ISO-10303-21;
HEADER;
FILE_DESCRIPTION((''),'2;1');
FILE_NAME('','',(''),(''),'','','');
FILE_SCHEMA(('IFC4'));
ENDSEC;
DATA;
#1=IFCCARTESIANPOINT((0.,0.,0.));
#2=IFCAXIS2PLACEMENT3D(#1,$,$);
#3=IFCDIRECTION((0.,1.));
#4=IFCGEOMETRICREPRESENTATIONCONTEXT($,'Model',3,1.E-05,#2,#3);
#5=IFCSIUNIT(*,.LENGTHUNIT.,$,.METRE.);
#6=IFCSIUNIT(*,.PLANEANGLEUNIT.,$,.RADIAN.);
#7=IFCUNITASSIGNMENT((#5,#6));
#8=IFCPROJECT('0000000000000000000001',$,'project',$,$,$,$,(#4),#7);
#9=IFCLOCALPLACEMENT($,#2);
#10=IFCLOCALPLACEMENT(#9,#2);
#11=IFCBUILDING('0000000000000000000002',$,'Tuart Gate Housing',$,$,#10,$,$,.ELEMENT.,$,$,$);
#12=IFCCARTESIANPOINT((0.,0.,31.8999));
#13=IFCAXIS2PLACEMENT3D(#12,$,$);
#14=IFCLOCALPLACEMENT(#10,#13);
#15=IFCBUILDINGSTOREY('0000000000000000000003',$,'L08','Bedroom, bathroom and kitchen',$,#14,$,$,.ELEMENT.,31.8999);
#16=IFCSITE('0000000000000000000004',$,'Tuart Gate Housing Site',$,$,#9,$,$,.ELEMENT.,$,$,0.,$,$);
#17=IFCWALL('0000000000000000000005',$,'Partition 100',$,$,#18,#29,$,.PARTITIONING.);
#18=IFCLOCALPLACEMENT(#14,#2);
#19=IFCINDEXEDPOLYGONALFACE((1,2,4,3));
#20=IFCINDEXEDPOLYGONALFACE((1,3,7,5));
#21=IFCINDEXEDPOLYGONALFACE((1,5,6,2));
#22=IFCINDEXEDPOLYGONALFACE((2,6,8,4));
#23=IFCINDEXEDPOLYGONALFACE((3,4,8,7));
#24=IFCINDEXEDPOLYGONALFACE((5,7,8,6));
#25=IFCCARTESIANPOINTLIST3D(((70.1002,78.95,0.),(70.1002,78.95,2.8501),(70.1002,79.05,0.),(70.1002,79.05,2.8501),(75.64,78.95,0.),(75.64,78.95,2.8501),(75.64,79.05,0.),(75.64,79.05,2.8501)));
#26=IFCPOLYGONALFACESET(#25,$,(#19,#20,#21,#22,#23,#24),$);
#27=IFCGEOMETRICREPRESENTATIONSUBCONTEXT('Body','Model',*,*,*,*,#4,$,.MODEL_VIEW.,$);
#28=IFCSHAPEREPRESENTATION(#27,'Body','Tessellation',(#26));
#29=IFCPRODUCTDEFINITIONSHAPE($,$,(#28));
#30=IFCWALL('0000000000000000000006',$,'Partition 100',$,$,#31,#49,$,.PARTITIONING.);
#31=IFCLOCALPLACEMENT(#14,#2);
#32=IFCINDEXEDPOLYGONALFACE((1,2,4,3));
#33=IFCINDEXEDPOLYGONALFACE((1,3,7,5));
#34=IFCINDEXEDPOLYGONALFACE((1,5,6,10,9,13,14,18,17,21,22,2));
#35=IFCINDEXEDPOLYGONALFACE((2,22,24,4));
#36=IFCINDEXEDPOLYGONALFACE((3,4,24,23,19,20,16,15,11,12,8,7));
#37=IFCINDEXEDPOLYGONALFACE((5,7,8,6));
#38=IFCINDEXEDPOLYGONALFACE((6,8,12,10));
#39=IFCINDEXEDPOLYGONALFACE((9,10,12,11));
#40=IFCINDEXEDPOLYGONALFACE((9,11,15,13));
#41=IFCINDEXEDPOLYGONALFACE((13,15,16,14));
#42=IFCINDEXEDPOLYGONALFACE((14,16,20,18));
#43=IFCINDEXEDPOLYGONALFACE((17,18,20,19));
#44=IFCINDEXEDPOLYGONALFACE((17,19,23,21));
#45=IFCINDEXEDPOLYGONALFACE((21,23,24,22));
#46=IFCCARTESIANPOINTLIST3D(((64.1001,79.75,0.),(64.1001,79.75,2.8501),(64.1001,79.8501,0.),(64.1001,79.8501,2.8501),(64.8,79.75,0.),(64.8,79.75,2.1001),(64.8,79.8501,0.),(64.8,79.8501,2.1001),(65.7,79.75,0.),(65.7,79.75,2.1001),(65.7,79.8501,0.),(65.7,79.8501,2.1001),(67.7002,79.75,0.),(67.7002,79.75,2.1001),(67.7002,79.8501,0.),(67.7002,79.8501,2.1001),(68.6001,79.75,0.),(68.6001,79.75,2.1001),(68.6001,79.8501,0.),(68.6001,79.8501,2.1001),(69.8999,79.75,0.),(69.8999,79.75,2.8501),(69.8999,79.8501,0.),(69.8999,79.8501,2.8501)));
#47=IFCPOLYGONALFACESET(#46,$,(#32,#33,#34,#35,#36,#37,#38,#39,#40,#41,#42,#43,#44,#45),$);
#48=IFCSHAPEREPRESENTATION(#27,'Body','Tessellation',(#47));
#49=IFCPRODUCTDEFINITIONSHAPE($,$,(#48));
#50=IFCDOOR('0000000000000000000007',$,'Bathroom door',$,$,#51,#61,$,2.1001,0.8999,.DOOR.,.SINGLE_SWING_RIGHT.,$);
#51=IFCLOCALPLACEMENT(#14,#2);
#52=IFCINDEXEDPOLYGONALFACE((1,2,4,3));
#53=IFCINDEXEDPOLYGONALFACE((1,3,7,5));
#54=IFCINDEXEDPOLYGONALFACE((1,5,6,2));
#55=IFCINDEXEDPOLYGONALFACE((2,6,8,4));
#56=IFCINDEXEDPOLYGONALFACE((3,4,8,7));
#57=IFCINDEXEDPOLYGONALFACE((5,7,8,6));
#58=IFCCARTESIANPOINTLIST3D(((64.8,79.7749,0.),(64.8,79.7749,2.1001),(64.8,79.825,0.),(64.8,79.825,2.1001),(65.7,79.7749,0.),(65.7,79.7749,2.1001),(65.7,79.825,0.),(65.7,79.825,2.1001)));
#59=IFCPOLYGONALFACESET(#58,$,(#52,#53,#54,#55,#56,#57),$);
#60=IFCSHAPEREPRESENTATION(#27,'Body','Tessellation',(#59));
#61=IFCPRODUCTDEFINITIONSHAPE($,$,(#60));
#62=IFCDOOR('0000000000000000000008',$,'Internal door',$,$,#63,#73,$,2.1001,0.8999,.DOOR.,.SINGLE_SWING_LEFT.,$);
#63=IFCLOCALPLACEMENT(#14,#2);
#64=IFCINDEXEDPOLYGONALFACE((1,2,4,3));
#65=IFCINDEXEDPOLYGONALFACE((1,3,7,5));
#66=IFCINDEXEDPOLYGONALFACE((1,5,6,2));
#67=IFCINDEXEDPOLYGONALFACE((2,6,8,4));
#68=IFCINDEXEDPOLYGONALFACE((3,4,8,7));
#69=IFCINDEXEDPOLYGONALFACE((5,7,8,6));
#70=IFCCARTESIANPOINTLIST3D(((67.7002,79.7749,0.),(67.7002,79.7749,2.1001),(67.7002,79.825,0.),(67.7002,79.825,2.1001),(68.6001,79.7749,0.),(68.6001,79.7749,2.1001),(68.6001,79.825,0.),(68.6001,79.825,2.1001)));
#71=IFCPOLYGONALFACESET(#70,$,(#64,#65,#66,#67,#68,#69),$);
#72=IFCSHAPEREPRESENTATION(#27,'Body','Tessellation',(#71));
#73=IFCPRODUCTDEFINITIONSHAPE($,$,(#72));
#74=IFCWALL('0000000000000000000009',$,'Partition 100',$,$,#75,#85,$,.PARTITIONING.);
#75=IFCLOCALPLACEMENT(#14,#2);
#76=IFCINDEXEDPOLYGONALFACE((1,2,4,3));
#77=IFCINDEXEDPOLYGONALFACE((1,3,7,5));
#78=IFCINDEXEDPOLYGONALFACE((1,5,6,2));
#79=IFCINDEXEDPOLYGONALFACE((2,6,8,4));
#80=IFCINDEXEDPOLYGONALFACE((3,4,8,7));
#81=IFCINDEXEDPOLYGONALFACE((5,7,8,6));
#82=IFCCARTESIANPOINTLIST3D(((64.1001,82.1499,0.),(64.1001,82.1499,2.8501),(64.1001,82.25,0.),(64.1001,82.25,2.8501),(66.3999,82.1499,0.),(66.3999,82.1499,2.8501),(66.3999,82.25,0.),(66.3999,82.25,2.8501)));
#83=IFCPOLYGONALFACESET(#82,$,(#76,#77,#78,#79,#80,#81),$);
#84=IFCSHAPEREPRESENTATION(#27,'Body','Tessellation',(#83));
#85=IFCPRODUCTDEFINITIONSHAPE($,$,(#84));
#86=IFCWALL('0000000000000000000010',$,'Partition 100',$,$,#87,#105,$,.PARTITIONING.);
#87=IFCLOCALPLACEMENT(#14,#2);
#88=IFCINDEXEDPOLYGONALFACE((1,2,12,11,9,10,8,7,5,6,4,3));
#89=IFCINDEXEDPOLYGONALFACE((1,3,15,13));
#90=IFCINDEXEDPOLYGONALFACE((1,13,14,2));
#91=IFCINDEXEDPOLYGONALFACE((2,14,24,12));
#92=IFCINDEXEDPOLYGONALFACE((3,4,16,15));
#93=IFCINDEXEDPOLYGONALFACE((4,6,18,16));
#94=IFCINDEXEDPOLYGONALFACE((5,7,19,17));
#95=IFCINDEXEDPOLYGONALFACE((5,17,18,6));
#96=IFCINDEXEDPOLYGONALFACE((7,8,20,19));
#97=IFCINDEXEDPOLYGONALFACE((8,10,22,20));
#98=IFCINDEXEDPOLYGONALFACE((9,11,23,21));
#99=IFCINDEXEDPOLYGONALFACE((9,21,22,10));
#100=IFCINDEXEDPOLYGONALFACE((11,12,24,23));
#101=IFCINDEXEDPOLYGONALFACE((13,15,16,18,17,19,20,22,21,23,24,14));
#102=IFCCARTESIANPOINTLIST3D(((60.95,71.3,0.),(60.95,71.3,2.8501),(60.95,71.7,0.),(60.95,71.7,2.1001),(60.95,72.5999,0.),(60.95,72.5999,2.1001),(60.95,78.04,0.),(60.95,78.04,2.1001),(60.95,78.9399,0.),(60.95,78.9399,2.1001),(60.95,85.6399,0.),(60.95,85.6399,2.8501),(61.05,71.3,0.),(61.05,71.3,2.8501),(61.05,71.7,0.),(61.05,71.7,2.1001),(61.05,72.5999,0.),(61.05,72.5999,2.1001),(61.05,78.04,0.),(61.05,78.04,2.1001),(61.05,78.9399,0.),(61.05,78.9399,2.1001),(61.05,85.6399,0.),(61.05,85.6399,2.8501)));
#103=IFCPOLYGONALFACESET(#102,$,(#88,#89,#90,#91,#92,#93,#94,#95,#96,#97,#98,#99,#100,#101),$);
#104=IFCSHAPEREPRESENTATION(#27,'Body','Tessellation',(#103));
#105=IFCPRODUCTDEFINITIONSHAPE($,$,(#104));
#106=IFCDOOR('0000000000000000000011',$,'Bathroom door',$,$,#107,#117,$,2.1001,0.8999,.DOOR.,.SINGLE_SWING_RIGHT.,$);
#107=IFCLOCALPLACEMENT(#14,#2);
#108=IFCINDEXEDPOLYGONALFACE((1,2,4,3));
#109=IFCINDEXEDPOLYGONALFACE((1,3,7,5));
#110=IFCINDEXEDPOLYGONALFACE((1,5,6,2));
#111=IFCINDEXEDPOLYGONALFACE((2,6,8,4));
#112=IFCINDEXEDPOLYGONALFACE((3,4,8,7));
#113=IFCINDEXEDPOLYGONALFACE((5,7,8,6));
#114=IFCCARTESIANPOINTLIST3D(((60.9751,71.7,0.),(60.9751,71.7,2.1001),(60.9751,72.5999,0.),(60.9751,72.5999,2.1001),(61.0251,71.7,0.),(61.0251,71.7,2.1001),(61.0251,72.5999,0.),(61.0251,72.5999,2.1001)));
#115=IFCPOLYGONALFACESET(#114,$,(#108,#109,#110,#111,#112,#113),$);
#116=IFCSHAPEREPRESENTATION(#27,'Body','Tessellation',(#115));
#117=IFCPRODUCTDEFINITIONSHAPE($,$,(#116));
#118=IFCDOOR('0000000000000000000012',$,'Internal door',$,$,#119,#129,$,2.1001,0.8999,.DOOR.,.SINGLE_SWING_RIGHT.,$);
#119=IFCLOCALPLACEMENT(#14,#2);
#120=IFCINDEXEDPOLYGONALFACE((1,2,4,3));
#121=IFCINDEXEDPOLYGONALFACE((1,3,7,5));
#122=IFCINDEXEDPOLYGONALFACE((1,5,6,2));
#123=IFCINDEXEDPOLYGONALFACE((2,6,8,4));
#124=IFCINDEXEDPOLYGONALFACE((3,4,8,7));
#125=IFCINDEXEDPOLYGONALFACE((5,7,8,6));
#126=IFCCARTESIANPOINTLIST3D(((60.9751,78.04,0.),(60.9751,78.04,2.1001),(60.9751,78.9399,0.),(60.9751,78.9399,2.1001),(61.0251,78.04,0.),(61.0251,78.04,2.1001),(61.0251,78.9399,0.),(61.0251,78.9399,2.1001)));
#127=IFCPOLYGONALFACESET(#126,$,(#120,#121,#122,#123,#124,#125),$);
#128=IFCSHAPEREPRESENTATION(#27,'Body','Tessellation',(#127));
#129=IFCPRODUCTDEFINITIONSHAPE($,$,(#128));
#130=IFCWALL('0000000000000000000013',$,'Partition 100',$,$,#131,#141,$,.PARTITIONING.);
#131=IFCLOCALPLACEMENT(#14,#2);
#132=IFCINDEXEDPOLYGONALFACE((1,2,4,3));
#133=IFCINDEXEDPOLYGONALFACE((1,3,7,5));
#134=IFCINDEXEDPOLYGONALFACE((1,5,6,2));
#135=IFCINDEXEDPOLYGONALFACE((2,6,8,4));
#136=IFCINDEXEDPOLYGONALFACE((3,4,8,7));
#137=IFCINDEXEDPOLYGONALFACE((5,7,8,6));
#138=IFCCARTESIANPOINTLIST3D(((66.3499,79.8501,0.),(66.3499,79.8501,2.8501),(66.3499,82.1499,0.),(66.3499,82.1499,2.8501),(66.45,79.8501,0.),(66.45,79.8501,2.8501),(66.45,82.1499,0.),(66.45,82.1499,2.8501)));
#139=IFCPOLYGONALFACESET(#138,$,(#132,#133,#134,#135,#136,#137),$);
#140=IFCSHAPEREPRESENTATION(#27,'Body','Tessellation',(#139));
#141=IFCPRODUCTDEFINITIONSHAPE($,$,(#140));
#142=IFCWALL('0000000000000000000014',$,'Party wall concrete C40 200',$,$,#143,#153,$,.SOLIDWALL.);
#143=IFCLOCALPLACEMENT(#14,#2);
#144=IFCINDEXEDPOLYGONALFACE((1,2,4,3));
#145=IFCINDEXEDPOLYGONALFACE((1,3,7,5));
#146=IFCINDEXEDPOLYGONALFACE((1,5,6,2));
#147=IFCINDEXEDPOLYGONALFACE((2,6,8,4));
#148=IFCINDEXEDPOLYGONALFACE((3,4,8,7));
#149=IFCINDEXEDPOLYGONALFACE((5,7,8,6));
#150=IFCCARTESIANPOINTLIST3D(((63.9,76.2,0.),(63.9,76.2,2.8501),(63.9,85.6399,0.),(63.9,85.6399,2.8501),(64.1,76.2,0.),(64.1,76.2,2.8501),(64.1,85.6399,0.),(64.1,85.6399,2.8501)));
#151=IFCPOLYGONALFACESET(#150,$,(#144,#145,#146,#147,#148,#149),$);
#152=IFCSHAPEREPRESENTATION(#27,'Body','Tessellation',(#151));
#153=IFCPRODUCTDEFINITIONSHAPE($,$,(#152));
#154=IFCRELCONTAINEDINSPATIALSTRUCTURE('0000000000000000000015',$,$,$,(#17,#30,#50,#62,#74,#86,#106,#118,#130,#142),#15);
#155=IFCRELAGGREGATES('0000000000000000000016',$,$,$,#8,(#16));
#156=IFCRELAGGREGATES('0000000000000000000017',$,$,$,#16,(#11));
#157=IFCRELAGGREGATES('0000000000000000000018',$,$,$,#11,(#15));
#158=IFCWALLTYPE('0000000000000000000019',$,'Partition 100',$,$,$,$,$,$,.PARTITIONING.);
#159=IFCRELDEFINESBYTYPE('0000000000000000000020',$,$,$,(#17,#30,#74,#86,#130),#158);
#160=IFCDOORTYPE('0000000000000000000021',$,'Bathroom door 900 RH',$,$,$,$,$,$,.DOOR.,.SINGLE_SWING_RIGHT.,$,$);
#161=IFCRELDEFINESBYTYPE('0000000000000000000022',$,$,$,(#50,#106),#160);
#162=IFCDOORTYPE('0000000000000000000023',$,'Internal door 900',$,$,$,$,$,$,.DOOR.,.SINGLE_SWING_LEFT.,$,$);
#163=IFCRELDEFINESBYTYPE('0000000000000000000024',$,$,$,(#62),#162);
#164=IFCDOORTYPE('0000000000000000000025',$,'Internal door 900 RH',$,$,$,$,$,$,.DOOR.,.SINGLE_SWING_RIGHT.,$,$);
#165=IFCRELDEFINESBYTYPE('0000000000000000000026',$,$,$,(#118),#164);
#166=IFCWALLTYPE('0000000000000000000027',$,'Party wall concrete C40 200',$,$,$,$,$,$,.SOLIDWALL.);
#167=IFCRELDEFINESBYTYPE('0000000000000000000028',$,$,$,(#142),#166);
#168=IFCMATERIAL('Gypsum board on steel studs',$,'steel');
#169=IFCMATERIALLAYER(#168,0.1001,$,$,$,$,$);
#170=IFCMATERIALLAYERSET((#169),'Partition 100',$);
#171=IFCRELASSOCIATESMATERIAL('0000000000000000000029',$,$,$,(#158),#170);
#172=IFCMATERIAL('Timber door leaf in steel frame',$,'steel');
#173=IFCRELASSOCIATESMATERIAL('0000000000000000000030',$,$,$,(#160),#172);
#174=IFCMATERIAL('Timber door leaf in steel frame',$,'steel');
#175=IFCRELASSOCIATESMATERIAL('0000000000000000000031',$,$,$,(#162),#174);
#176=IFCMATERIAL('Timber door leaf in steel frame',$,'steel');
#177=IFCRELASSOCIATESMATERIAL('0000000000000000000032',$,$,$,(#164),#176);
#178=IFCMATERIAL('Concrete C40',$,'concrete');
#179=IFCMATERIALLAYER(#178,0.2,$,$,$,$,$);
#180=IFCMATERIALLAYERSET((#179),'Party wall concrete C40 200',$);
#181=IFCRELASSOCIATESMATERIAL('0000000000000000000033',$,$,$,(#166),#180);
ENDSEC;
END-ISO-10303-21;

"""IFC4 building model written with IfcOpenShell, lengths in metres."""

from ifc_helpers import new_model, si_unit, direction, frame, frame_2d, origin, place, context, subcontext, project, spatial, rectangle, extrude, material, layer, layer_set, type_object, element, fill, save


model = new_model("IFC4")

# Units and contexts
model_context = context("Model", 3, precision=1e-05, world=origin(), true_north=direction((0.0, 1.0)))
body_context = subcontext(model_context, "Body", "Model", "MODEL_VIEW")
ifc_project = project(units=[si_unit("LENGTHUNIT", "METRE"), si_unit("PLANEANGLEUNIT", "RADIAN")], contexts=[model_context])

# Site, building, storey
site_placement = place(None, origin())
site = spatial("IfcSite", under=ifc_project, at=site_placement, Name="Tuart Gate Housing Site", CompositionType="ELEMENT", RefElevation=0.0)
building_placement = place(site_placement, origin())
building = spatial("IfcBuilding", under=site, at=building_placement, Name="Tuart Gate Housing", CompositionType="ELEMENT")
storey_placement = place(building_placement, frame((0.0, 0.0, 31.8999)))
storey = spatial("IfcBuildingStorey", under=building, at=storey_placement, Name="L08", Description="Bedroom, bathroom and kitchen", CompositionType="ELEMENT", Elevation=31.8999)

# Wall
ifc_material_1 = material(Name="Gypsum board on steel studs", Category="steel")
ifc_layer_1 = layer(ifc_material_1, 0.1001)
ifc_layer_set_1 = layer_set([ifc_layer_1], Name="Partition 100")
wall_type_1 = type_object("IfcWallType", Name="Partition 100", PredefinedType="PARTITIONING", material=ifc_layer_set_1)
wall_1_placement = place(storey_placement, frame((70.1001, 79.0, 0.0), z_axis=(0.0, 0.0, 1.0), x_axis=(1.0, 0.0, 0.0)))
element("IfcWall", 1, at=wall_1_placement, inside=storey, type_object=wall_type_1, Name="Partition 100", PredefinedType="PARTITIONING", context=body_context, shape_type="SweptSolid", body=[
    extrude(rectangle(XDim=5.5398, YDim=0.1001, at=frame_2d((2.77, 0.0))), origin(), (0.0, 0.0, 1.0), 2.8501),
])

# Wall, openings, doors
wall_2_placement = place(storey_placement, frame((64.1001, 79.8, 0.0), z_axis=(0.0, 0.0, 1.0), x_axis=(1.0, 0.0, 0.0)))
wall_2 = element("IfcWall", 2, at=wall_2_placement, inside=storey, type_object=wall_type_1, Name="Partition 100", PredefinedType="PARTITIONING", context=body_context, shape_type="SweptSolid", body=[
    extrude(rectangle(XDim=5.7998, YDim=0.1001, at=frame_2d((2.8999, 0.0))), origin(), (0.0, 0.0, 1.0), 2.8501),
])
opening_1_placement = place(wall_2_placement, frame((3.6001, 0.0, 0.0)))
opening_1 = element("IfcOpeningElement", 3, at=opening_1_placement, cuts=wall_2, PredefinedType="OPENING", context=body_context, shape_type="SweptSolid", body=[
    extrude(rectangle(XDim=0.8999, YDim=2.1001, at=frame_2d((0.45, 1.05))), frame((0.0, 0.0601, 0.0), z_axis=(0.0, -1.0, 0.0), x_axis=(1.0, 0.0, 0.0)), (0.0, 0.0, 1.0), 0.1201),
])
opening_2_placement = place(wall_2_placement, frame((0.7, 0.0, 0.0)))
opening_2 = element("IfcOpeningElement", 4, at=opening_2_placement, cuts=wall_2, PredefinedType="OPENING", context=body_context, shape_type="SweptSolid", body=[
    extrude(rectangle(XDim=0.8999, YDim=2.1001, at=frame_2d((0.45, 1.05))), frame((0.0, 0.0601, 0.0), z_axis=(0.0, -1.0, 0.0), x_axis=(1.0, 0.0, 0.0)), (0.0, 0.0, 1.0), 0.1201),
])
ifc_material_2 = material(Name="Timber door leaf in steel frame", Category="steel")
door_type_1 = type_object("IfcDoorType", Name="Bathroom door 900 RH", OperationType="SINGLE_SWING_RIGHT", PredefinedType="DOOR", material=ifc_material_2)
door_1_placement = place(opening_2_placement, origin())
door_1 = element("IfcDoor", 5, at=door_1_placement, inside=storey, type_object=door_type_1, Name="Bathroom door", OperationType="SINGLE_SWING_RIGHT", OverallHeight=2.1001, OverallWidth=0.8999, PredefinedType="DOOR", context=body_context, shape_type="SweptSolid", body=[
    extrude(rectangle(XDim=0.8999, YDim=2.1001, at=frame_2d((0.45, 1.05))), frame((0.0, 0.0249, 0.0), z_axis=(0.0, -1.0, 0.0), x_axis=(1.0, 0.0, 0.0)), (0.0, 0.0, 1.0), 0.05),
])
fill(opening_2, door_1)
ifc_material_3 = material(Name="Timber door leaf in steel frame", Category="steel")
door_type_2 = type_object("IfcDoorType", Name="Internal door 900", OperationType="SINGLE_SWING_LEFT", PredefinedType="DOOR", material=ifc_material_3)
door_2_placement = place(opening_1_placement, frame((0.8999, 0.0, 0.0), z_axis=(0.0, 0.0, 1.0), x_axis=(-1.0, 0.0, 0.0)))
door_2 = element("IfcDoor", 6, at=door_2_placement, inside=storey, type_object=door_type_2, Name="Internal door", OperationType="SINGLE_SWING_LEFT", OverallHeight=2.1001, OverallWidth=0.8999, PredefinedType="DOOR", context=body_context, shape_type="SweptSolid", body=[
    extrude(rectangle(XDim=0.8999, YDim=2.1001, at=frame_2d((0.45, 1.05))), frame((0.0, 0.0251, 0.0), z_axis=(0.0, -1.0, 0.0), x_axis=(1.0, 0.0, 0.0)), (0.0, 0.0, 1.0), 0.05),
])
fill(opening_1, door_2)

# Wall
wall_3_placement = place(storey_placement, frame((64.1001, 82.2, 0.0), z_axis=(0.0, 0.0, 1.0), x_axis=(1.0, 0.0, 0.0)))
element("IfcWall", 7, at=wall_3_placement, inside=storey, type_object=wall_type_1, Name="Partition 100", PredefinedType="PARTITIONING", context=body_context, shape_type="SweptSolid", body=[
    extrude(rectangle(XDim=2.2998, YDim=0.1001, at=frame_2d((1.1499, 0.0))), origin(), (0.0, 0.0, 1.0), 2.8501),
])

# Wall, openings, doors
wall_4_placement = place(storey_placement, frame((61.0, 71.3, 0.0), z_axis=(0.0, 0.0, 1.0), x_axis=(0.0, 1.0, 0.0)))
wall_4 = element("IfcWall", 8, at=wall_4_placement, inside=storey, type_object=wall_type_1, Name="Partition 100", PredefinedType="PARTITIONING", context=body_context, shape_type="SweptSolid", body=[
    extrude(rectangle(XDim=14.3398, YDim=0.1001, at=frame_2d((7.1699, 0.0))), origin(), (0.0, 0.0, 1.0), 2.8501),
])
opening_3_placement = place(wall_4_placement, frame((6.74, 0.0, 0.0)))
opening_3 = element("IfcOpeningElement", 9, at=opening_3_placement, cuts=wall_4, PredefinedType="OPENING", context=body_context, shape_type="SweptSolid", body=[
    extrude(rectangle(XDim=0.8999, YDim=2.1001, at=frame_2d((0.45, 1.05))), frame((0.0, 0.0601, 0.0), z_axis=(0.0, -1.0, 0.0), x_axis=(1.0, 0.0, 0.0)), (0.0, 0.0, 1.0), 0.1201),
])
opening_4_placement = place(wall_4_placement, frame((0.3999, 0.0, 0.0)))
opening_4 = element("IfcOpeningElement", 10, at=opening_4_placement, cuts=wall_4, PredefinedType="OPENING", context=body_context, shape_type="SweptSolid", body=[
    extrude(rectangle(XDim=0.8999, YDim=2.1001, at=frame_2d((0.45, 1.05))), frame((0.0, 0.0601, 0.0), z_axis=(0.0, -1.0, 0.0), x_axis=(1.0, 0.0, 0.0)), (0.0, 0.0, 1.0), 0.1201),
])
door_3_placement = place(opening_4_placement, frame((0.8999, 0.0, 0.0), z_axis=(0.0, 0.0, 1.0), x_axis=(-1.0, 0.0, 0.0)))
door_3 = element("IfcDoor", 11, at=door_3_placement, inside=storey, type_object=door_type_1, Name="Bathroom door", OperationType="SINGLE_SWING_RIGHT", OverallHeight=2.1001, OverallWidth=0.8999, PredefinedType="DOOR", context=body_context, shape_type="SweptSolid", body=[
    extrude(rectangle(XDim=0.8999, YDim=2.1001, at=frame_2d((0.45, 1.05))), frame((0.0, 0.0251, 0.0), z_axis=(0.0, -1.0, 0.0), x_axis=(1.0, 0.0, 0.0)), (0.0, 0.0, 1.0), 0.05),
])
fill(opening_4, door_3)
ifc_material_4 = material(Name="Timber door leaf in steel frame", Category="steel")
door_type_3 = type_object("IfcDoorType", Name="Internal door 900 RH", OperationType="SINGLE_SWING_RIGHT", PredefinedType="DOOR", material=ifc_material_4)
door_4_placement = place(opening_3_placement, frame((0.8999, 0.0, 0.0), z_axis=(0.0, 0.0, 1.0), x_axis=(-1.0, 0.0, 0.0)))
door_4 = element("IfcDoor", 12, at=door_4_placement, inside=storey, type_object=door_type_3, Name="Internal door", OperationType="SINGLE_SWING_RIGHT", OverallHeight=2.1001, OverallWidth=0.8999, PredefinedType="DOOR", context=body_context, shape_type="SweptSolid", body=[
    extrude(rectangle(XDim=0.8999, YDim=2.1001, at=frame_2d((0.45, 1.05))), frame((0.0, 0.0251, 0.0), z_axis=(0.0, -1.0, 0.0), x_axis=(1.0, 0.0, 0.0)), (0.0, 0.0, 1.0), 0.05),
])
fill(opening_3, door_4)

# Walls
wall_5_placement = place(storey_placement, frame((66.3999, 79.8501, 0.0), z_axis=(0.0, 0.0, 1.0), x_axis=(0.0, 1.0, 0.0)))
element("IfcWall", 13, at=wall_5_placement, inside=storey, type_object=wall_type_1, Name="Partition 100", PredefinedType="PARTITIONING", context=body_context, shape_type="SweptSolid", body=[
    extrude(rectangle(XDim=2.2998, YDim=0.1001, at=frame_2d((1.1499, 0.0))), origin(), (0.0, 0.0, 1.0), 2.8501),
])
ifc_material_5 = material(Name="Concrete C40", Category="concrete")
ifc_layer_2 = layer(ifc_material_5, 0.2)
ifc_layer_set_2 = layer_set([ifc_layer_2], Name="Party wall concrete C40 200")
wall_type_2 = type_object("IfcWallType", Name="Party wall concrete C40 200", PredefinedType="SOLIDWALL", material=ifc_layer_set_2)
wall_6_placement = place(storey_placement, frame((64.0, 76.2, 0.0), z_axis=(0.0, 0.0, 1.0), x_axis=(0.0, 1.0, 0.0)))
element("IfcWall", 14, at=wall_6_placement, inside=storey, type_object=wall_type_2, Name="Party wall concrete C40 200", PredefinedType="SOLIDWALL", context=body_context, shape_type="SweptSolid", body=[
    extrude(rectangle(XDim=9.4399, YDim=0.2, at=frame_2d((4.72, 0.0))), origin(), (0.0, 0.0, 1.0), 2.8501),
])

save(model, "model.ifc")
